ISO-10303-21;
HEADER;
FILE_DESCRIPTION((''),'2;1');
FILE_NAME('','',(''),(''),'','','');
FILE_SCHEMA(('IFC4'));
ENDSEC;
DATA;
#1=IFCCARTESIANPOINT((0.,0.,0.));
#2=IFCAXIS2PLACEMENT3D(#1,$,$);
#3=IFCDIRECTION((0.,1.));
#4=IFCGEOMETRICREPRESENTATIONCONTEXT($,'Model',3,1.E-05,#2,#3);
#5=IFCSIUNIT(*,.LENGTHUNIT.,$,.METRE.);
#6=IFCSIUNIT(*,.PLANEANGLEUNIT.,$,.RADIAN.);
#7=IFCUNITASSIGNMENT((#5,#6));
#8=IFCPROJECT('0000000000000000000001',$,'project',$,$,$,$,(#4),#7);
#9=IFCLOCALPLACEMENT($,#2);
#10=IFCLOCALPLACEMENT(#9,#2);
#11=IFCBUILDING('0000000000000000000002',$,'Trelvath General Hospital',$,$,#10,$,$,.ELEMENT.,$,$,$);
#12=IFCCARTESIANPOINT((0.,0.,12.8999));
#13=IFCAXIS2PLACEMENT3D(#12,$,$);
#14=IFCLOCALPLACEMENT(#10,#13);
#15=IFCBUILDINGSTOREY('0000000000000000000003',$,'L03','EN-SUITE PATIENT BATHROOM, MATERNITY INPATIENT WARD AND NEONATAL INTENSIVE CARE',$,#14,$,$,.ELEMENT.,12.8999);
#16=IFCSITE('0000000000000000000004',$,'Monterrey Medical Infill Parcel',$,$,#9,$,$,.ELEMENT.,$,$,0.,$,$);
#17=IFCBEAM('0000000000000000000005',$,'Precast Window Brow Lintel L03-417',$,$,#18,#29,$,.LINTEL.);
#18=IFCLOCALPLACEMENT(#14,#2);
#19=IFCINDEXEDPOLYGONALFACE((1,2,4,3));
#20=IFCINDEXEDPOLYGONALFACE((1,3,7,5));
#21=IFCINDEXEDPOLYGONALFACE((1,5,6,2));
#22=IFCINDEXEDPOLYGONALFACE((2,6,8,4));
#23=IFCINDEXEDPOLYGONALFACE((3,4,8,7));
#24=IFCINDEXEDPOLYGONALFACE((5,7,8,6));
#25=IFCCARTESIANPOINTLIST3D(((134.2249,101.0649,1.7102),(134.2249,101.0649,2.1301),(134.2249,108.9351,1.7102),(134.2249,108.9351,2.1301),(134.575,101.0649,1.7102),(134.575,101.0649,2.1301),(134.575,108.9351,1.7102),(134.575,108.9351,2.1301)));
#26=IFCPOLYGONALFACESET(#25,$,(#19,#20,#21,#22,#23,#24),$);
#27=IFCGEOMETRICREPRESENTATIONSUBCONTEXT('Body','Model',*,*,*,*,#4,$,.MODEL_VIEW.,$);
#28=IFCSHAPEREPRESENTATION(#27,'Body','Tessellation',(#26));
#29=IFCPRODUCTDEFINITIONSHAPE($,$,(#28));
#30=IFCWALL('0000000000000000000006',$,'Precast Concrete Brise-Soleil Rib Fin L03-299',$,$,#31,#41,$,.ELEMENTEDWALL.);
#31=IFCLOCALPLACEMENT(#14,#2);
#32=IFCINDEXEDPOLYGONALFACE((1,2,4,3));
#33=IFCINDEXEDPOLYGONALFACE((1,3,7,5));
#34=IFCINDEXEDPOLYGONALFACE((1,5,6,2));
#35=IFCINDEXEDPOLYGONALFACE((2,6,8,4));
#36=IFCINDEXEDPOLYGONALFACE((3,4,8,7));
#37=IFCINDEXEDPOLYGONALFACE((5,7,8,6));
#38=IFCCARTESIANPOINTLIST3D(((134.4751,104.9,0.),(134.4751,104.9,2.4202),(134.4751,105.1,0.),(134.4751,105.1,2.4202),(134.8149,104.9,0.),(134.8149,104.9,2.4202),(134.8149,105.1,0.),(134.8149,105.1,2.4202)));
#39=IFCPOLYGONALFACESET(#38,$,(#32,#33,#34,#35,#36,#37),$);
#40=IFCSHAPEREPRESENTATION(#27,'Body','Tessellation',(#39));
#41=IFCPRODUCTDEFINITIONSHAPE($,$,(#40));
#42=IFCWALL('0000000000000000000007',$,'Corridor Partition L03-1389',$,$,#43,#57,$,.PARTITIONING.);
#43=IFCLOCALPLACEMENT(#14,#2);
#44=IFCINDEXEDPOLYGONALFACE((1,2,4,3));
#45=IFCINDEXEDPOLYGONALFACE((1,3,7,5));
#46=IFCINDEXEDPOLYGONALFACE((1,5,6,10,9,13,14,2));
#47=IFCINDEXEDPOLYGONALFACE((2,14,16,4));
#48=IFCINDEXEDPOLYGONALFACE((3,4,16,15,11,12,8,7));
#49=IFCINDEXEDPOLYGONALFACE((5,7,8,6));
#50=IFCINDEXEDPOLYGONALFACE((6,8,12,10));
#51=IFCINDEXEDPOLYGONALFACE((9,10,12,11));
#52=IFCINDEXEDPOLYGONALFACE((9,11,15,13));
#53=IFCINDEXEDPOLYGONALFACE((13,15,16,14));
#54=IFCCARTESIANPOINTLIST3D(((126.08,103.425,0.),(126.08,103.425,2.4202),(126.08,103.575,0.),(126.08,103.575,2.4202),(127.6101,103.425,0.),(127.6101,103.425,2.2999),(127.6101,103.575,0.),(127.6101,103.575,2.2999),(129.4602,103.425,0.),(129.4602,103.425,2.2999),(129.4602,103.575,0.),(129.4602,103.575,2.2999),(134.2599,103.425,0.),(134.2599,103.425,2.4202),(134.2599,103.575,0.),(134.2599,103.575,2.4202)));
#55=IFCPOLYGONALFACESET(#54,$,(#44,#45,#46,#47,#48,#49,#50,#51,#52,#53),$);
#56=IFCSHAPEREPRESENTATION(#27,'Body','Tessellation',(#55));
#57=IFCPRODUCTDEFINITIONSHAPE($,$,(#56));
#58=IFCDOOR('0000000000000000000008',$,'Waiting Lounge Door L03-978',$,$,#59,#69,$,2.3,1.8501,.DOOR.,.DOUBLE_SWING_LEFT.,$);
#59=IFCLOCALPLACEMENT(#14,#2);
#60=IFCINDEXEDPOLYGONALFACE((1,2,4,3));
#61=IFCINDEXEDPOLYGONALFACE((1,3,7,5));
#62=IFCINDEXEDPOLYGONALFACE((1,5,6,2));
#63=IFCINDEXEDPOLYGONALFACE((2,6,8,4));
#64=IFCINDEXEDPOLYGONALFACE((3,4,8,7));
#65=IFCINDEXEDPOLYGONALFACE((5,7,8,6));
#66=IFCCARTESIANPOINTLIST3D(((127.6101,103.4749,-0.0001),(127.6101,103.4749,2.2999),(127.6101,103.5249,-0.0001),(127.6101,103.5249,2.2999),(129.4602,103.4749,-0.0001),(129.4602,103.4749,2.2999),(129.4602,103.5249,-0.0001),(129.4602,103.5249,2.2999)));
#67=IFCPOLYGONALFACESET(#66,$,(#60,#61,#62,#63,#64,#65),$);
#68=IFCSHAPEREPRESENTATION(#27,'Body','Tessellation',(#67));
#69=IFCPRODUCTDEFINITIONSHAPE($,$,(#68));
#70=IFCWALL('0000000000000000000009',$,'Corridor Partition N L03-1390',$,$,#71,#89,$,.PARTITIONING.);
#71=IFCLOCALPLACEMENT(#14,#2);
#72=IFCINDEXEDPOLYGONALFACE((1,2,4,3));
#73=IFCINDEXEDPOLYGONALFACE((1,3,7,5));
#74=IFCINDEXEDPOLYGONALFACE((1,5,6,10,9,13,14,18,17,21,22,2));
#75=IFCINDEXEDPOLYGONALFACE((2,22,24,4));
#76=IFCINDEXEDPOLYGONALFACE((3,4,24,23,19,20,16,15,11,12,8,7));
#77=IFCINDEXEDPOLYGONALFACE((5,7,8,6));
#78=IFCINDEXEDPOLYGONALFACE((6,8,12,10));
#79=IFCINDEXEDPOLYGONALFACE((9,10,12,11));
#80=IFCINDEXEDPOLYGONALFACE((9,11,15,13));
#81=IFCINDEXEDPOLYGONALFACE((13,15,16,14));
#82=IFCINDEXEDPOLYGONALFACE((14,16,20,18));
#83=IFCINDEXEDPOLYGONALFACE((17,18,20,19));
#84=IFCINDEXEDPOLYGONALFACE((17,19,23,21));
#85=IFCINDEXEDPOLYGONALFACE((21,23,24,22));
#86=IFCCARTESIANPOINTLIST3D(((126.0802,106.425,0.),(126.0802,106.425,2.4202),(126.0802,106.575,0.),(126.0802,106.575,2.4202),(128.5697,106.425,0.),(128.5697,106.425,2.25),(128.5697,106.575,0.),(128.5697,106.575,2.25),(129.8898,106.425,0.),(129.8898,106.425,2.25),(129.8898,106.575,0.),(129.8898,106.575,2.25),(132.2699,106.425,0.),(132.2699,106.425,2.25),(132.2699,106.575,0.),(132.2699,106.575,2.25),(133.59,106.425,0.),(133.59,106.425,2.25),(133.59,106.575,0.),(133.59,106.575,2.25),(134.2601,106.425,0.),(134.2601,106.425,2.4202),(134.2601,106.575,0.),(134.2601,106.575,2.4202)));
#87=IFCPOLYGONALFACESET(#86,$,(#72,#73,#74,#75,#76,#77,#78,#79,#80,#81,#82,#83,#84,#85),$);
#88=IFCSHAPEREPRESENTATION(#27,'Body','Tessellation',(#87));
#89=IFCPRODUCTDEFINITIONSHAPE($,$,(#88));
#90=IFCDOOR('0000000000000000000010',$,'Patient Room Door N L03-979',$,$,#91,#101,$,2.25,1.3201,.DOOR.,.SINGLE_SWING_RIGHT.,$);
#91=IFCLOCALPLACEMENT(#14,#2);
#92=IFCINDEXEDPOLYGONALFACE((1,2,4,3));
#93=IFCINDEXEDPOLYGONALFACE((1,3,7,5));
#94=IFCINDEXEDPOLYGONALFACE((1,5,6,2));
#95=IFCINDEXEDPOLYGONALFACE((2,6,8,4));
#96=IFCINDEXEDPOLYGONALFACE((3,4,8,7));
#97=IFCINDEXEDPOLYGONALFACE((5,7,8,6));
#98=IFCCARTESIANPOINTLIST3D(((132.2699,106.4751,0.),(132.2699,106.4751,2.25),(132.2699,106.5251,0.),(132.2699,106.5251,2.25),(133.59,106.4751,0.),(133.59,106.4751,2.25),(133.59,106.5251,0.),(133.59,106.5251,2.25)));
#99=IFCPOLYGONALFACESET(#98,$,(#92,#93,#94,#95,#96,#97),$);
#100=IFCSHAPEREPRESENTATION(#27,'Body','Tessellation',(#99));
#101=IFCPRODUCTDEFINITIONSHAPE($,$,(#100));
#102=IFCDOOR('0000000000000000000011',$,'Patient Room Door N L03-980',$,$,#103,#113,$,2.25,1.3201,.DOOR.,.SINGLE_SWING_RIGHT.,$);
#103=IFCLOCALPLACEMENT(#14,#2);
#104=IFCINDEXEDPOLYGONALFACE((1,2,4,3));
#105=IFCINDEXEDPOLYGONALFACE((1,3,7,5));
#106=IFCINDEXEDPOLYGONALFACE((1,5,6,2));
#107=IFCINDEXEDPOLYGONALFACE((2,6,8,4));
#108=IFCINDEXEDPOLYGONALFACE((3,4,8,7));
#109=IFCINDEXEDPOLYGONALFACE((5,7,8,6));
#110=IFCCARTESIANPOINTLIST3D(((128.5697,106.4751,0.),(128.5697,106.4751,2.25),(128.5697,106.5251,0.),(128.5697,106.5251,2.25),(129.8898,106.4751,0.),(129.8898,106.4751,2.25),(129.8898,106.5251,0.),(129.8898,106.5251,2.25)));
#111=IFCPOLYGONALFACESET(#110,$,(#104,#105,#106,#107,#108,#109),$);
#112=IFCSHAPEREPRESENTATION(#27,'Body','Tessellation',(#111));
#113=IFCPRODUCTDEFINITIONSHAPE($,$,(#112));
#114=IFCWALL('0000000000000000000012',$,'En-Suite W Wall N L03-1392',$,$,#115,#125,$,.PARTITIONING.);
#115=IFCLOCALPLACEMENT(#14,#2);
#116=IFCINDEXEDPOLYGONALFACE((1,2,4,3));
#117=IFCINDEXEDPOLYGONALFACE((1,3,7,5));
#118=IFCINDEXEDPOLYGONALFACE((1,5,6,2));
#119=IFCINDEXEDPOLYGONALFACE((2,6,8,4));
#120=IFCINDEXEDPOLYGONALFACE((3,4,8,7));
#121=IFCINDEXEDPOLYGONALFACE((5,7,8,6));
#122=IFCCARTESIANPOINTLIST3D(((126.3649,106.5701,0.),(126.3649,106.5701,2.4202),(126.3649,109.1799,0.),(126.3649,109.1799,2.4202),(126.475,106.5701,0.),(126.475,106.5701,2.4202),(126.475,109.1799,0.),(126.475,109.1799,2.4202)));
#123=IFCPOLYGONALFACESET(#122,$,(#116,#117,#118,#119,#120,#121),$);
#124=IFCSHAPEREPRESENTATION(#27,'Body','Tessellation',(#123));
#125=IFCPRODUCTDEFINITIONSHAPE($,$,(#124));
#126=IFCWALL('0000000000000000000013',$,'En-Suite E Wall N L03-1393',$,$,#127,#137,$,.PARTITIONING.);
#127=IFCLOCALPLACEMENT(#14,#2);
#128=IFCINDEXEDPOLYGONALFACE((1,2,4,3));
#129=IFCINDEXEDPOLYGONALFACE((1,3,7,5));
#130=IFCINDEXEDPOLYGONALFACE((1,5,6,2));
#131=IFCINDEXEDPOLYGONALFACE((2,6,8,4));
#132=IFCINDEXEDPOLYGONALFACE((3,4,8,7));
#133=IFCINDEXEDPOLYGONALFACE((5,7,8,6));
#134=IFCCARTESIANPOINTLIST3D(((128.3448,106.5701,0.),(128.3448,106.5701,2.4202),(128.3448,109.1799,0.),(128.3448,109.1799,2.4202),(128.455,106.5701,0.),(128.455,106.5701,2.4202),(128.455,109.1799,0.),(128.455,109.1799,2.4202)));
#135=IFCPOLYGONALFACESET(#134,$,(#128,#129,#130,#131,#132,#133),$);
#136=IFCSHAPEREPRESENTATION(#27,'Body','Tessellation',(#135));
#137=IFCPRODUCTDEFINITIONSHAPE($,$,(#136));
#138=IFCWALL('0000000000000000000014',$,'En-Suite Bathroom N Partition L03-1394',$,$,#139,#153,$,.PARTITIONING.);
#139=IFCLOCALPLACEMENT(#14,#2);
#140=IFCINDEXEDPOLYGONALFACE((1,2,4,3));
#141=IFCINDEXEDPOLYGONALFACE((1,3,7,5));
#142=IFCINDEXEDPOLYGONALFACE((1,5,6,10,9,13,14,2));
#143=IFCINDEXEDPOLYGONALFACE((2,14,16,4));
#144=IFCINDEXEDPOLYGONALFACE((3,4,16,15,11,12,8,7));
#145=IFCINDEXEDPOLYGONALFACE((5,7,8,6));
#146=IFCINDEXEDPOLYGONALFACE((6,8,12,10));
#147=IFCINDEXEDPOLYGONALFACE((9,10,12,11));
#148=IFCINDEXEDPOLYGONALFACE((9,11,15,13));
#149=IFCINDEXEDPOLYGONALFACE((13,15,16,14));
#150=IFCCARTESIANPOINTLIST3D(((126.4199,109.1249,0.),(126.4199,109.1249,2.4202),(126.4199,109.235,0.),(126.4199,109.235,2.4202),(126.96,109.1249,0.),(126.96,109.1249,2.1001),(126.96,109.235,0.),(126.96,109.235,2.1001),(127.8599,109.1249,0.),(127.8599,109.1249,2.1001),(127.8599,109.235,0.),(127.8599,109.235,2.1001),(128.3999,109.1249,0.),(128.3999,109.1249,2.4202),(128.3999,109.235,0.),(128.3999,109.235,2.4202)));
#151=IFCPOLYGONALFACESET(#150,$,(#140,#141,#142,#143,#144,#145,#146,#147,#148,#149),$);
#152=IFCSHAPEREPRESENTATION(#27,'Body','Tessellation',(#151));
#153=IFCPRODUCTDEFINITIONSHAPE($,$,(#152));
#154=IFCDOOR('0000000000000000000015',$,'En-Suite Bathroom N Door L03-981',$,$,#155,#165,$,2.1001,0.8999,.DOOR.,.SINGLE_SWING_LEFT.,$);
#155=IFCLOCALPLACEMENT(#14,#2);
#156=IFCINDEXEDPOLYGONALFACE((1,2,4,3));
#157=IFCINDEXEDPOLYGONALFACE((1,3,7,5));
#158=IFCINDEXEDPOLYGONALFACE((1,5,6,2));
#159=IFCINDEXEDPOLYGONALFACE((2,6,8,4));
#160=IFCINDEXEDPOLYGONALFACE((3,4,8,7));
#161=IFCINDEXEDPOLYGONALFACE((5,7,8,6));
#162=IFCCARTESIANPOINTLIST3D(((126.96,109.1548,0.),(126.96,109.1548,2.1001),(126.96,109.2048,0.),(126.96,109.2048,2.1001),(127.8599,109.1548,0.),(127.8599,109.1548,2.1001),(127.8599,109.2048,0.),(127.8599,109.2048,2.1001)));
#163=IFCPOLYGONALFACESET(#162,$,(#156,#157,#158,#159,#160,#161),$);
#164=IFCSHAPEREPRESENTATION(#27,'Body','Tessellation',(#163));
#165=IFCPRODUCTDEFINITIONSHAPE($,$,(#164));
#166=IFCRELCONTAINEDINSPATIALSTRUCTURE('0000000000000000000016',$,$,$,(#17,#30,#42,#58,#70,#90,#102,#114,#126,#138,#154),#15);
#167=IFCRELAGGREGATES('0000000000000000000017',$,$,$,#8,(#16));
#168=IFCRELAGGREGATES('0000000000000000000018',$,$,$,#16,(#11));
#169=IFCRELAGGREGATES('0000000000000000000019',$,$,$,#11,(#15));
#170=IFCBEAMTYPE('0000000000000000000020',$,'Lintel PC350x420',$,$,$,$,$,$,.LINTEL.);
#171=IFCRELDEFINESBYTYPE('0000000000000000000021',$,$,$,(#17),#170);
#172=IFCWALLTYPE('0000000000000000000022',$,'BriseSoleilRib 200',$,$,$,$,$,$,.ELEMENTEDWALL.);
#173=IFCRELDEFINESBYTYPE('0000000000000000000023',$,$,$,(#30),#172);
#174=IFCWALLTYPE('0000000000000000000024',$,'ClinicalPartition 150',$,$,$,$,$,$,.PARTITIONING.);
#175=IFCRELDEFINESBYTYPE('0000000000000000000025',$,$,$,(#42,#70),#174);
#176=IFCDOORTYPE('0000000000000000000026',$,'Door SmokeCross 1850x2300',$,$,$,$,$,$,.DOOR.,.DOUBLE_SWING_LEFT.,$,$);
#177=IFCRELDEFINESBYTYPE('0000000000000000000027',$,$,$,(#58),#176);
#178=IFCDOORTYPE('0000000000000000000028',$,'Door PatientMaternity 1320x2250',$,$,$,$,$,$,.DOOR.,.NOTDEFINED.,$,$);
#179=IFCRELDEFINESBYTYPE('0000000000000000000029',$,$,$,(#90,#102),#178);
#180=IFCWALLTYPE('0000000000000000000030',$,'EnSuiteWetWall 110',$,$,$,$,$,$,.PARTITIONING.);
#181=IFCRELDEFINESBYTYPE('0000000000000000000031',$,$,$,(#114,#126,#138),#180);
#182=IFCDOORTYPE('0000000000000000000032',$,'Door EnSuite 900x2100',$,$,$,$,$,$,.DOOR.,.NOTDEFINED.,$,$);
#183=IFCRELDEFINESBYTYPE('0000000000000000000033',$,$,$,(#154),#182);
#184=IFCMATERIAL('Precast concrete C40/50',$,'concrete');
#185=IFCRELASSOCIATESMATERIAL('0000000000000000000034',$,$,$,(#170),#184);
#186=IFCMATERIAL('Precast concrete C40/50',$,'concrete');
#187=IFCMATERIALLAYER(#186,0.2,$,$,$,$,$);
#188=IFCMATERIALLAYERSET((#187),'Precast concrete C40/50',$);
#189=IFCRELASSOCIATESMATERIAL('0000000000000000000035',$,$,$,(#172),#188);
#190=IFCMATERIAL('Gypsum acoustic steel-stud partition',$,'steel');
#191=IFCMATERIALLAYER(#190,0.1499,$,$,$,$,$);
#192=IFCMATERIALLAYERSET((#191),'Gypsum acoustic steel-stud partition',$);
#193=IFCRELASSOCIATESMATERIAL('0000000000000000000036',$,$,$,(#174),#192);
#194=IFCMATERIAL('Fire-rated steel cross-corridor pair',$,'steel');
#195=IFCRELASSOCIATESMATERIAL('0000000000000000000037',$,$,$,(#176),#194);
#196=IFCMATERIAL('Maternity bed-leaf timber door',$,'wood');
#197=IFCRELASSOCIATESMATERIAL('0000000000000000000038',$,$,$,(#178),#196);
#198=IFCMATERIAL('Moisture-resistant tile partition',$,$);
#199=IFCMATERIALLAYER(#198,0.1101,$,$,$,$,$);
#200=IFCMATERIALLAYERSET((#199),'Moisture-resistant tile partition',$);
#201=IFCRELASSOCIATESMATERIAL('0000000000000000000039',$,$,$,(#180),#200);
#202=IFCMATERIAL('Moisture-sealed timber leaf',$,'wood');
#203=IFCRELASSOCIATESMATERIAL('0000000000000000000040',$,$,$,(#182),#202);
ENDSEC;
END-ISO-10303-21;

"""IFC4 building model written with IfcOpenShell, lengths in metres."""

from ifc_helpers import new_model, si_unit, direction, frame, frame_2d, origin, origin_2d, place, context, subcontext, project, spatial, rectangle, extrude, material, layer, layer_set, material_profile, profile_set, type_object, element, fill, save


model = new_model("IFC4")

# Units and contexts
model_context = context("Model", 3, precision=1e-05, world=origin(), true_north=direction((0.0, 1.0)))
body_context = subcontext(model_context, "Body", "Model", "MODEL_VIEW")
ifc_project = project(units=[si_unit("LENGTHUNIT", "METRE"), si_unit("PLANEANGLEUNIT", "RADIAN")], contexts=[model_context])

# Site, building, storey
site_placement = place(None, origin())
site = spatial("IfcSite", under=ifc_project, at=site_placement, Name="Monterrey Medical Infill Parcel", CompositionType="ELEMENT", RefElevation=0.0)
building_placement = place(site_placement, origin())
building = spatial("IfcBuilding", under=site, at=building_placement, Name="Trelvath General Hospital", CompositionType="ELEMENT")
storey_placement = place(building_placement, frame((0.0, 0.0, 12.8999)))
storey = spatial("IfcBuildingStorey", under=building, at=storey_placement, Name="L03", Description="EN-SUITE PATIENT BATHROOM, MATERNITY INPATIENT WARD AND NEONATAL INTENSIVE CARE", CompositionType="ELEMENT", Elevation=12.8999)

# Beam
ifc_material_1 = material(Name="Precast concrete C40/50", Category="concrete")
ifc_material_profile = material_profile(ifc_material_1, rectangle(XDim=0.3501, YDim=0.4199, at=origin_2d()), Name="PCL350x420")
ifc_profile_set = profile_set([ifc_material_profile], Name="Precast concrete C40/50")
beam_type = type_object("IfcBeamType", Name="Lintel PC350x420", PredefinedType="LINTEL", material=ifc_profile_set)
beam_placement = place(storey_placement, frame((134.3999, 108.9351, 1.9202), z_axis=(0.0, -1.0, 0.0), x_axis=(1.0, 0.0, 0.0)))
element("IfcBeam", 1, at=beam_placement, inside=storey, type_object=beam_type, Name="Precast Window Brow Lintel L03-417", PredefinedType="LINTEL", context=body_context, shape_type="SweptSolid", body=[
    extrude(rectangle(XDim=0.3501, YDim=0.4199, at=origin_2d()), origin(), (0.0, 0.0, 1.0), 7.8701),
])

# Wall
ifc_material_2 = material(Name="Precast concrete C40/50", Category="concrete")
ifc_layer_1 = layer(ifc_material_2, 0.2)
ifc_layer_set_1 = layer_set([ifc_layer_1], Name="Precast concrete C40/50")
wall_type_1 = type_object("IfcWallType", Name="BriseSoleilRib 200", PredefinedType="ELEMENTEDWALL", material=ifc_layer_set_1)
wall_1_placement = place(storey_placement, frame((134.4751, 105.0, 0.0), z_axis=(0.0, 0.0, 1.0), x_axis=(1.0, 0.0, 0.0)))
element("IfcWall", 2, at=wall_1_placement, inside=storey, type_object=wall_type_1, Name="Precast Concrete Brise-Soleil Rib Fin L03-299", PredefinedType="ELEMENTEDWALL", context=body_context, shape_type="SweptSolid", body=[
    extrude(rectangle(XDim=0.3398, YDim=0.2, at=frame_2d((0.1699, 0.0))), origin(), (0.0, 0.0, 1.0), 2.4202),
])

# Wall, opening, door
ifc_material_3 = material(Name="Gypsum acoustic steel-stud partition", Category="steel")
ifc_layer_2 = layer(ifc_material_3, 0.1499)
ifc_layer_set_2 = layer_set([ifc_layer_2], Name="Gypsum acoustic steel-stud partition")
wall_type_2 = type_object("IfcWallType", Name="ClinicalPartition 150", PredefinedType="PARTITIONING", material=ifc_layer_set_2)
wall_2_placement = place(storey_placement, frame((126.0801, 103.5, 0.0), z_axis=(0.0, 0.0, 1.0), x_axis=(1.0, 0.0, 0.0)))
wall_2 = element("IfcWall", 3, at=wall_2_placement, inside=storey, type_object=wall_type_2, Name="Corridor Partition L03-1389", PredefinedType="PARTITIONING", context=body_context, shape_type="SweptSolid", body=[
    extrude(rectangle(XDim=8.1799, YDim=0.1499, at=frame_2d((4.0898, 0.0))), origin(), (0.0, 0.0, 1.0), 2.4202),
])
opening_1_placement = place(wall_2_placement, frame((1.53, 0.0, 0.0)))
opening_1 = element("IfcOpeningElement", 4, at=opening_1_placement, cuts=wall_2, PredefinedType="OPENING", context=body_context, shape_type="SweptSolid", body=[
    extrude(rectangle(XDim=1.8501, YDim=2.3, at=frame_2d((0.925, 1.1499))), frame((0.0, 0.085, 0.0), z_axis=(0.0, -1.0, 0.0), x_axis=(1.0, 0.0, 0.0)), (0.0, 0.0, 1.0), 0.1699),
])
ifc_material_4 = material(Name="Fire-rated steel cross-corridor pair", Category="steel")
door_type_1 = type_object("IfcDoorType", Name="Door SmokeCross 1850x2300", OperationType="DOUBLE_SWING_LEFT", PredefinedType="DOOR", material=ifc_material_4)
door_1_placement = place(opening_1_placement, origin())
door_1 = element("IfcDoor", 5, at=door_1_placement, inside=storey, type_object=door_type_1, Name="Waiting Lounge Door L03-978", OperationType="DOUBLE_SWING_LEFT", OverallHeight=2.3, OverallWidth=1.8501, PredefinedType="DOOR", context=body_context, shape_type="SweptSolid", body=[
    extrude(rectangle(XDim=1.8501, YDim=2.3, at=frame_2d((0.925, 1.1499))), frame((0.0, 0.0249, 0.0), z_axis=(0.0, -1.0, 0.0), x_axis=(1.0, 0.0, 0.0)), (0.0, 0.0, 1.0), 0.05),
])
fill(opening_1, door_1)

# Wall, openings, doors
wall_3_placement = place(storey_placement, frame((134.26, 106.5, 0.0), z_axis=(0.0, 0.0, 1.0), x_axis=(-1.0, 0.0, 0.0)))
wall_3 = element("IfcWall", 6, at=wall_3_placement, inside=storey, type_object=wall_type_2, Name="Corridor Partition N L03-1390", PredefinedType="PARTITIONING", context=body_context, shape_type="SweptSolid", body=[
    extrude(rectangle(XDim=8.1799, YDim=0.1499, at=frame_2d((4.0898, 0.0))), origin(), (0.0, 0.0, 1.0), 2.4202),
])
opening_2_placement = place(wall_3_placement, frame((0.6699, 0.0, 0.0)))
opening_2 = element("IfcOpeningElement", 7, at=opening_2_placement, cuts=wall_3, PredefinedType="OPENING", context=body_context, shape_type="SweptSolid", body=[
    extrude(rectangle(XDim=1.3201, YDim=2.25, at=frame_2d((0.6602, 1.125))), frame((0.0, 0.085, 0.0), z_axis=(0.0, -1.0, 0.0), x_axis=(1.0, 0.0, 0.0)), (0.0, 0.0, 1.0), 0.1699),
])
opening_3_placement = place(wall_3_placement, frame((4.3701, 0.0, 0.0)))
opening_3 = element("IfcOpeningElement", 8, at=opening_3_placement, cuts=wall_3, PredefinedType="OPENING", context=body_context, shape_type="SweptSolid", body=[
    extrude(rectangle(XDim=1.3201, YDim=2.25, at=frame_2d((0.6602, 1.125))), frame((0.0, 0.085, 0.0), z_axis=(0.0, -1.0, 0.0), x_axis=(1.0, 0.0, 0.0)), (0.0, 0.0, 1.0), 0.1699),
])
ifc_material_5 = material(Name="Maternity bed-leaf timber door", Category="wood")
door_type_2 = type_object("IfcDoorType", Name="Door PatientMaternity 1320x2250", OperationType="NOTDEFINED", PredefinedType="DOOR", material=ifc_material_5)
door_2_placement = place(opening_2_placement, origin())
door_2 = element("IfcDoor", 9, at=door_2_placement, inside=storey, type_object=door_type_2, Name="Patient Room Door N L03-979", OperationType="SINGLE_SWING_RIGHT", OverallHeight=2.25, OverallWidth=1.3201, PredefinedType="DOOR", context=body_context, shape_type="SweptSolid", body=[
    extrude(rectangle(XDim=1.3201, YDim=2.25, at=frame_2d((0.6602, 1.125))), frame((0.0, 0.0249, 0.0), z_axis=(0.0, -1.0, 0.0), x_axis=(1.0, 0.0, 0.0)), (0.0, 0.0, 1.0), 0.05),
])
fill(opening_2, door_2)
door_3_placement = place(opening_3_placement, origin())
door_3 = element("IfcDoor", 10, at=door_3_placement, inside=storey, type_object=door_type_2, Name="Patient Room Door N L03-980", OperationType="SINGLE_SWING_RIGHT", OverallHeight=2.25, OverallWidth=1.3201, PredefinedType="DOOR", context=body_context, shape_type="SweptSolid", body=[
    extrude(rectangle(XDim=1.3201, YDim=2.25, at=frame_2d((0.6602, 1.125))), frame((0.0, 0.0249, 0.0), z_axis=(0.0, -1.0, 0.0), x_axis=(1.0, 0.0, 0.0)), (0.0, 0.0, 1.0), 0.05),
])
fill(opening_3, door_3)

# Walls
ifc_material_6 = material(Name="Moisture-resistant tile partition")
ifc_layer_3 = layer(ifc_material_6, 0.1101)
ifc_layer_set_3 = layer_set([ifc_layer_3], Name="Moisture-resistant tile partition")
wall_type_3 = type_object("IfcWallType", Name="EnSuiteWetWall 110", PredefinedType="PARTITIONING", material=ifc_layer_set_3)
for number, where, z_axis, x_axis, name in (
    (11, (126.4199, 106.5701, 0.0), (0.0, 0.0, 1.0), (0.0, 1.0, 0.0), "En-Suite W Wall N L03-1392"),
    (12, (128.3999, 106.5701, 0.0), (0.0, 0.0, 1.0), (0.0, 1.0, 0.0), "En-Suite E Wall N L03-1393"),
):
    element("IfcWall", number, at=place(storey_placement, frame(where, z_axis=z_axis, x_axis=x_axis)), inside=storey, type_object=wall_type_3, Name=name, PredefinedType="PARTITIONING", context=body_context, shape_type="SweptSolid", body=[
        extrude(rectangle(XDim=2.6099, YDim=0.1101, at=frame_2d((1.3049, 0.0))), origin(), (0.0, 0.0, 1.0), 2.4202),
    ])

# Wall, opening, door
wall_4_placement = place(storey_placement, frame((126.4199, 109.1799, 0.0), z_axis=(0.0, 0.0, 1.0), x_axis=(1.0, 0.0, 0.0)))
wall_4 = element("IfcWall", 13, at=wall_4_placement, inside=storey, type_object=wall_type_3, Name="En-Suite Bathroom N Partition L03-1394", PredefinedType="PARTITIONING", context=body_context, shape_type="SweptSolid", body=[
    extrude(rectangle(XDim=1.98, YDim=0.1101, at=frame_2d((0.99, 0.0))), origin(), (0.0, 0.0, 1.0), 2.4202),
])
opening_4_placement = place(wall_4_placement, frame((0.54, 0.0, 0.0)))
opening_4 = element("IfcOpeningElement", 14, at=opening_4_placement, cuts=wall_4, PredefinedType="OPENING", context=body_context, shape_type="SweptSolid", body=[
    extrude(rectangle(XDim=0.8999, YDim=2.1001, at=frame_2d((0.45, 1.05))), frame((0.0, 0.0649, 0.0), z_axis=(0.0, -1.0, 0.0), x_axis=(1.0, 0.0, 0.0)), (0.0, 0.0, 1.0), 0.1301),
])
ifc_material_7 = material(Name="Moisture-sealed timber leaf", Category="wood")
door_type_3 = type_object("IfcDoorType", Name="Door EnSuite 900x2100", OperationType="NOTDEFINED", PredefinedType="DOOR", material=ifc_material_7)
door_4_placement = place(opening_4_placement, origin())
door_4 = element("IfcDoor", 15, at=door_4_placement, inside=storey, type_object=door_type_3, Name="En-Suite Bathroom N Door L03-981", OperationType="SINGLE_SWING_LEFT", OverallHeight=2.1001, OverallWidth=0.8999, PredefinedType="DOOR", context=body_context, shape_type="SweptSolid", body=[
    extrude(rectangle(XDim=0.8999, YDim=2.1001, at=frame_2d((0.45, 1.05))), frame((0.0, 0.0249, 0.0), z_axis=(0.0, -1.0, 0.0), x_axis=(1.0, 0.0, 0.0)), (0.0, 0.0, 1.0), 0.05),
])
fill(opening_4, door_4)

save(model, "model.ifc")
